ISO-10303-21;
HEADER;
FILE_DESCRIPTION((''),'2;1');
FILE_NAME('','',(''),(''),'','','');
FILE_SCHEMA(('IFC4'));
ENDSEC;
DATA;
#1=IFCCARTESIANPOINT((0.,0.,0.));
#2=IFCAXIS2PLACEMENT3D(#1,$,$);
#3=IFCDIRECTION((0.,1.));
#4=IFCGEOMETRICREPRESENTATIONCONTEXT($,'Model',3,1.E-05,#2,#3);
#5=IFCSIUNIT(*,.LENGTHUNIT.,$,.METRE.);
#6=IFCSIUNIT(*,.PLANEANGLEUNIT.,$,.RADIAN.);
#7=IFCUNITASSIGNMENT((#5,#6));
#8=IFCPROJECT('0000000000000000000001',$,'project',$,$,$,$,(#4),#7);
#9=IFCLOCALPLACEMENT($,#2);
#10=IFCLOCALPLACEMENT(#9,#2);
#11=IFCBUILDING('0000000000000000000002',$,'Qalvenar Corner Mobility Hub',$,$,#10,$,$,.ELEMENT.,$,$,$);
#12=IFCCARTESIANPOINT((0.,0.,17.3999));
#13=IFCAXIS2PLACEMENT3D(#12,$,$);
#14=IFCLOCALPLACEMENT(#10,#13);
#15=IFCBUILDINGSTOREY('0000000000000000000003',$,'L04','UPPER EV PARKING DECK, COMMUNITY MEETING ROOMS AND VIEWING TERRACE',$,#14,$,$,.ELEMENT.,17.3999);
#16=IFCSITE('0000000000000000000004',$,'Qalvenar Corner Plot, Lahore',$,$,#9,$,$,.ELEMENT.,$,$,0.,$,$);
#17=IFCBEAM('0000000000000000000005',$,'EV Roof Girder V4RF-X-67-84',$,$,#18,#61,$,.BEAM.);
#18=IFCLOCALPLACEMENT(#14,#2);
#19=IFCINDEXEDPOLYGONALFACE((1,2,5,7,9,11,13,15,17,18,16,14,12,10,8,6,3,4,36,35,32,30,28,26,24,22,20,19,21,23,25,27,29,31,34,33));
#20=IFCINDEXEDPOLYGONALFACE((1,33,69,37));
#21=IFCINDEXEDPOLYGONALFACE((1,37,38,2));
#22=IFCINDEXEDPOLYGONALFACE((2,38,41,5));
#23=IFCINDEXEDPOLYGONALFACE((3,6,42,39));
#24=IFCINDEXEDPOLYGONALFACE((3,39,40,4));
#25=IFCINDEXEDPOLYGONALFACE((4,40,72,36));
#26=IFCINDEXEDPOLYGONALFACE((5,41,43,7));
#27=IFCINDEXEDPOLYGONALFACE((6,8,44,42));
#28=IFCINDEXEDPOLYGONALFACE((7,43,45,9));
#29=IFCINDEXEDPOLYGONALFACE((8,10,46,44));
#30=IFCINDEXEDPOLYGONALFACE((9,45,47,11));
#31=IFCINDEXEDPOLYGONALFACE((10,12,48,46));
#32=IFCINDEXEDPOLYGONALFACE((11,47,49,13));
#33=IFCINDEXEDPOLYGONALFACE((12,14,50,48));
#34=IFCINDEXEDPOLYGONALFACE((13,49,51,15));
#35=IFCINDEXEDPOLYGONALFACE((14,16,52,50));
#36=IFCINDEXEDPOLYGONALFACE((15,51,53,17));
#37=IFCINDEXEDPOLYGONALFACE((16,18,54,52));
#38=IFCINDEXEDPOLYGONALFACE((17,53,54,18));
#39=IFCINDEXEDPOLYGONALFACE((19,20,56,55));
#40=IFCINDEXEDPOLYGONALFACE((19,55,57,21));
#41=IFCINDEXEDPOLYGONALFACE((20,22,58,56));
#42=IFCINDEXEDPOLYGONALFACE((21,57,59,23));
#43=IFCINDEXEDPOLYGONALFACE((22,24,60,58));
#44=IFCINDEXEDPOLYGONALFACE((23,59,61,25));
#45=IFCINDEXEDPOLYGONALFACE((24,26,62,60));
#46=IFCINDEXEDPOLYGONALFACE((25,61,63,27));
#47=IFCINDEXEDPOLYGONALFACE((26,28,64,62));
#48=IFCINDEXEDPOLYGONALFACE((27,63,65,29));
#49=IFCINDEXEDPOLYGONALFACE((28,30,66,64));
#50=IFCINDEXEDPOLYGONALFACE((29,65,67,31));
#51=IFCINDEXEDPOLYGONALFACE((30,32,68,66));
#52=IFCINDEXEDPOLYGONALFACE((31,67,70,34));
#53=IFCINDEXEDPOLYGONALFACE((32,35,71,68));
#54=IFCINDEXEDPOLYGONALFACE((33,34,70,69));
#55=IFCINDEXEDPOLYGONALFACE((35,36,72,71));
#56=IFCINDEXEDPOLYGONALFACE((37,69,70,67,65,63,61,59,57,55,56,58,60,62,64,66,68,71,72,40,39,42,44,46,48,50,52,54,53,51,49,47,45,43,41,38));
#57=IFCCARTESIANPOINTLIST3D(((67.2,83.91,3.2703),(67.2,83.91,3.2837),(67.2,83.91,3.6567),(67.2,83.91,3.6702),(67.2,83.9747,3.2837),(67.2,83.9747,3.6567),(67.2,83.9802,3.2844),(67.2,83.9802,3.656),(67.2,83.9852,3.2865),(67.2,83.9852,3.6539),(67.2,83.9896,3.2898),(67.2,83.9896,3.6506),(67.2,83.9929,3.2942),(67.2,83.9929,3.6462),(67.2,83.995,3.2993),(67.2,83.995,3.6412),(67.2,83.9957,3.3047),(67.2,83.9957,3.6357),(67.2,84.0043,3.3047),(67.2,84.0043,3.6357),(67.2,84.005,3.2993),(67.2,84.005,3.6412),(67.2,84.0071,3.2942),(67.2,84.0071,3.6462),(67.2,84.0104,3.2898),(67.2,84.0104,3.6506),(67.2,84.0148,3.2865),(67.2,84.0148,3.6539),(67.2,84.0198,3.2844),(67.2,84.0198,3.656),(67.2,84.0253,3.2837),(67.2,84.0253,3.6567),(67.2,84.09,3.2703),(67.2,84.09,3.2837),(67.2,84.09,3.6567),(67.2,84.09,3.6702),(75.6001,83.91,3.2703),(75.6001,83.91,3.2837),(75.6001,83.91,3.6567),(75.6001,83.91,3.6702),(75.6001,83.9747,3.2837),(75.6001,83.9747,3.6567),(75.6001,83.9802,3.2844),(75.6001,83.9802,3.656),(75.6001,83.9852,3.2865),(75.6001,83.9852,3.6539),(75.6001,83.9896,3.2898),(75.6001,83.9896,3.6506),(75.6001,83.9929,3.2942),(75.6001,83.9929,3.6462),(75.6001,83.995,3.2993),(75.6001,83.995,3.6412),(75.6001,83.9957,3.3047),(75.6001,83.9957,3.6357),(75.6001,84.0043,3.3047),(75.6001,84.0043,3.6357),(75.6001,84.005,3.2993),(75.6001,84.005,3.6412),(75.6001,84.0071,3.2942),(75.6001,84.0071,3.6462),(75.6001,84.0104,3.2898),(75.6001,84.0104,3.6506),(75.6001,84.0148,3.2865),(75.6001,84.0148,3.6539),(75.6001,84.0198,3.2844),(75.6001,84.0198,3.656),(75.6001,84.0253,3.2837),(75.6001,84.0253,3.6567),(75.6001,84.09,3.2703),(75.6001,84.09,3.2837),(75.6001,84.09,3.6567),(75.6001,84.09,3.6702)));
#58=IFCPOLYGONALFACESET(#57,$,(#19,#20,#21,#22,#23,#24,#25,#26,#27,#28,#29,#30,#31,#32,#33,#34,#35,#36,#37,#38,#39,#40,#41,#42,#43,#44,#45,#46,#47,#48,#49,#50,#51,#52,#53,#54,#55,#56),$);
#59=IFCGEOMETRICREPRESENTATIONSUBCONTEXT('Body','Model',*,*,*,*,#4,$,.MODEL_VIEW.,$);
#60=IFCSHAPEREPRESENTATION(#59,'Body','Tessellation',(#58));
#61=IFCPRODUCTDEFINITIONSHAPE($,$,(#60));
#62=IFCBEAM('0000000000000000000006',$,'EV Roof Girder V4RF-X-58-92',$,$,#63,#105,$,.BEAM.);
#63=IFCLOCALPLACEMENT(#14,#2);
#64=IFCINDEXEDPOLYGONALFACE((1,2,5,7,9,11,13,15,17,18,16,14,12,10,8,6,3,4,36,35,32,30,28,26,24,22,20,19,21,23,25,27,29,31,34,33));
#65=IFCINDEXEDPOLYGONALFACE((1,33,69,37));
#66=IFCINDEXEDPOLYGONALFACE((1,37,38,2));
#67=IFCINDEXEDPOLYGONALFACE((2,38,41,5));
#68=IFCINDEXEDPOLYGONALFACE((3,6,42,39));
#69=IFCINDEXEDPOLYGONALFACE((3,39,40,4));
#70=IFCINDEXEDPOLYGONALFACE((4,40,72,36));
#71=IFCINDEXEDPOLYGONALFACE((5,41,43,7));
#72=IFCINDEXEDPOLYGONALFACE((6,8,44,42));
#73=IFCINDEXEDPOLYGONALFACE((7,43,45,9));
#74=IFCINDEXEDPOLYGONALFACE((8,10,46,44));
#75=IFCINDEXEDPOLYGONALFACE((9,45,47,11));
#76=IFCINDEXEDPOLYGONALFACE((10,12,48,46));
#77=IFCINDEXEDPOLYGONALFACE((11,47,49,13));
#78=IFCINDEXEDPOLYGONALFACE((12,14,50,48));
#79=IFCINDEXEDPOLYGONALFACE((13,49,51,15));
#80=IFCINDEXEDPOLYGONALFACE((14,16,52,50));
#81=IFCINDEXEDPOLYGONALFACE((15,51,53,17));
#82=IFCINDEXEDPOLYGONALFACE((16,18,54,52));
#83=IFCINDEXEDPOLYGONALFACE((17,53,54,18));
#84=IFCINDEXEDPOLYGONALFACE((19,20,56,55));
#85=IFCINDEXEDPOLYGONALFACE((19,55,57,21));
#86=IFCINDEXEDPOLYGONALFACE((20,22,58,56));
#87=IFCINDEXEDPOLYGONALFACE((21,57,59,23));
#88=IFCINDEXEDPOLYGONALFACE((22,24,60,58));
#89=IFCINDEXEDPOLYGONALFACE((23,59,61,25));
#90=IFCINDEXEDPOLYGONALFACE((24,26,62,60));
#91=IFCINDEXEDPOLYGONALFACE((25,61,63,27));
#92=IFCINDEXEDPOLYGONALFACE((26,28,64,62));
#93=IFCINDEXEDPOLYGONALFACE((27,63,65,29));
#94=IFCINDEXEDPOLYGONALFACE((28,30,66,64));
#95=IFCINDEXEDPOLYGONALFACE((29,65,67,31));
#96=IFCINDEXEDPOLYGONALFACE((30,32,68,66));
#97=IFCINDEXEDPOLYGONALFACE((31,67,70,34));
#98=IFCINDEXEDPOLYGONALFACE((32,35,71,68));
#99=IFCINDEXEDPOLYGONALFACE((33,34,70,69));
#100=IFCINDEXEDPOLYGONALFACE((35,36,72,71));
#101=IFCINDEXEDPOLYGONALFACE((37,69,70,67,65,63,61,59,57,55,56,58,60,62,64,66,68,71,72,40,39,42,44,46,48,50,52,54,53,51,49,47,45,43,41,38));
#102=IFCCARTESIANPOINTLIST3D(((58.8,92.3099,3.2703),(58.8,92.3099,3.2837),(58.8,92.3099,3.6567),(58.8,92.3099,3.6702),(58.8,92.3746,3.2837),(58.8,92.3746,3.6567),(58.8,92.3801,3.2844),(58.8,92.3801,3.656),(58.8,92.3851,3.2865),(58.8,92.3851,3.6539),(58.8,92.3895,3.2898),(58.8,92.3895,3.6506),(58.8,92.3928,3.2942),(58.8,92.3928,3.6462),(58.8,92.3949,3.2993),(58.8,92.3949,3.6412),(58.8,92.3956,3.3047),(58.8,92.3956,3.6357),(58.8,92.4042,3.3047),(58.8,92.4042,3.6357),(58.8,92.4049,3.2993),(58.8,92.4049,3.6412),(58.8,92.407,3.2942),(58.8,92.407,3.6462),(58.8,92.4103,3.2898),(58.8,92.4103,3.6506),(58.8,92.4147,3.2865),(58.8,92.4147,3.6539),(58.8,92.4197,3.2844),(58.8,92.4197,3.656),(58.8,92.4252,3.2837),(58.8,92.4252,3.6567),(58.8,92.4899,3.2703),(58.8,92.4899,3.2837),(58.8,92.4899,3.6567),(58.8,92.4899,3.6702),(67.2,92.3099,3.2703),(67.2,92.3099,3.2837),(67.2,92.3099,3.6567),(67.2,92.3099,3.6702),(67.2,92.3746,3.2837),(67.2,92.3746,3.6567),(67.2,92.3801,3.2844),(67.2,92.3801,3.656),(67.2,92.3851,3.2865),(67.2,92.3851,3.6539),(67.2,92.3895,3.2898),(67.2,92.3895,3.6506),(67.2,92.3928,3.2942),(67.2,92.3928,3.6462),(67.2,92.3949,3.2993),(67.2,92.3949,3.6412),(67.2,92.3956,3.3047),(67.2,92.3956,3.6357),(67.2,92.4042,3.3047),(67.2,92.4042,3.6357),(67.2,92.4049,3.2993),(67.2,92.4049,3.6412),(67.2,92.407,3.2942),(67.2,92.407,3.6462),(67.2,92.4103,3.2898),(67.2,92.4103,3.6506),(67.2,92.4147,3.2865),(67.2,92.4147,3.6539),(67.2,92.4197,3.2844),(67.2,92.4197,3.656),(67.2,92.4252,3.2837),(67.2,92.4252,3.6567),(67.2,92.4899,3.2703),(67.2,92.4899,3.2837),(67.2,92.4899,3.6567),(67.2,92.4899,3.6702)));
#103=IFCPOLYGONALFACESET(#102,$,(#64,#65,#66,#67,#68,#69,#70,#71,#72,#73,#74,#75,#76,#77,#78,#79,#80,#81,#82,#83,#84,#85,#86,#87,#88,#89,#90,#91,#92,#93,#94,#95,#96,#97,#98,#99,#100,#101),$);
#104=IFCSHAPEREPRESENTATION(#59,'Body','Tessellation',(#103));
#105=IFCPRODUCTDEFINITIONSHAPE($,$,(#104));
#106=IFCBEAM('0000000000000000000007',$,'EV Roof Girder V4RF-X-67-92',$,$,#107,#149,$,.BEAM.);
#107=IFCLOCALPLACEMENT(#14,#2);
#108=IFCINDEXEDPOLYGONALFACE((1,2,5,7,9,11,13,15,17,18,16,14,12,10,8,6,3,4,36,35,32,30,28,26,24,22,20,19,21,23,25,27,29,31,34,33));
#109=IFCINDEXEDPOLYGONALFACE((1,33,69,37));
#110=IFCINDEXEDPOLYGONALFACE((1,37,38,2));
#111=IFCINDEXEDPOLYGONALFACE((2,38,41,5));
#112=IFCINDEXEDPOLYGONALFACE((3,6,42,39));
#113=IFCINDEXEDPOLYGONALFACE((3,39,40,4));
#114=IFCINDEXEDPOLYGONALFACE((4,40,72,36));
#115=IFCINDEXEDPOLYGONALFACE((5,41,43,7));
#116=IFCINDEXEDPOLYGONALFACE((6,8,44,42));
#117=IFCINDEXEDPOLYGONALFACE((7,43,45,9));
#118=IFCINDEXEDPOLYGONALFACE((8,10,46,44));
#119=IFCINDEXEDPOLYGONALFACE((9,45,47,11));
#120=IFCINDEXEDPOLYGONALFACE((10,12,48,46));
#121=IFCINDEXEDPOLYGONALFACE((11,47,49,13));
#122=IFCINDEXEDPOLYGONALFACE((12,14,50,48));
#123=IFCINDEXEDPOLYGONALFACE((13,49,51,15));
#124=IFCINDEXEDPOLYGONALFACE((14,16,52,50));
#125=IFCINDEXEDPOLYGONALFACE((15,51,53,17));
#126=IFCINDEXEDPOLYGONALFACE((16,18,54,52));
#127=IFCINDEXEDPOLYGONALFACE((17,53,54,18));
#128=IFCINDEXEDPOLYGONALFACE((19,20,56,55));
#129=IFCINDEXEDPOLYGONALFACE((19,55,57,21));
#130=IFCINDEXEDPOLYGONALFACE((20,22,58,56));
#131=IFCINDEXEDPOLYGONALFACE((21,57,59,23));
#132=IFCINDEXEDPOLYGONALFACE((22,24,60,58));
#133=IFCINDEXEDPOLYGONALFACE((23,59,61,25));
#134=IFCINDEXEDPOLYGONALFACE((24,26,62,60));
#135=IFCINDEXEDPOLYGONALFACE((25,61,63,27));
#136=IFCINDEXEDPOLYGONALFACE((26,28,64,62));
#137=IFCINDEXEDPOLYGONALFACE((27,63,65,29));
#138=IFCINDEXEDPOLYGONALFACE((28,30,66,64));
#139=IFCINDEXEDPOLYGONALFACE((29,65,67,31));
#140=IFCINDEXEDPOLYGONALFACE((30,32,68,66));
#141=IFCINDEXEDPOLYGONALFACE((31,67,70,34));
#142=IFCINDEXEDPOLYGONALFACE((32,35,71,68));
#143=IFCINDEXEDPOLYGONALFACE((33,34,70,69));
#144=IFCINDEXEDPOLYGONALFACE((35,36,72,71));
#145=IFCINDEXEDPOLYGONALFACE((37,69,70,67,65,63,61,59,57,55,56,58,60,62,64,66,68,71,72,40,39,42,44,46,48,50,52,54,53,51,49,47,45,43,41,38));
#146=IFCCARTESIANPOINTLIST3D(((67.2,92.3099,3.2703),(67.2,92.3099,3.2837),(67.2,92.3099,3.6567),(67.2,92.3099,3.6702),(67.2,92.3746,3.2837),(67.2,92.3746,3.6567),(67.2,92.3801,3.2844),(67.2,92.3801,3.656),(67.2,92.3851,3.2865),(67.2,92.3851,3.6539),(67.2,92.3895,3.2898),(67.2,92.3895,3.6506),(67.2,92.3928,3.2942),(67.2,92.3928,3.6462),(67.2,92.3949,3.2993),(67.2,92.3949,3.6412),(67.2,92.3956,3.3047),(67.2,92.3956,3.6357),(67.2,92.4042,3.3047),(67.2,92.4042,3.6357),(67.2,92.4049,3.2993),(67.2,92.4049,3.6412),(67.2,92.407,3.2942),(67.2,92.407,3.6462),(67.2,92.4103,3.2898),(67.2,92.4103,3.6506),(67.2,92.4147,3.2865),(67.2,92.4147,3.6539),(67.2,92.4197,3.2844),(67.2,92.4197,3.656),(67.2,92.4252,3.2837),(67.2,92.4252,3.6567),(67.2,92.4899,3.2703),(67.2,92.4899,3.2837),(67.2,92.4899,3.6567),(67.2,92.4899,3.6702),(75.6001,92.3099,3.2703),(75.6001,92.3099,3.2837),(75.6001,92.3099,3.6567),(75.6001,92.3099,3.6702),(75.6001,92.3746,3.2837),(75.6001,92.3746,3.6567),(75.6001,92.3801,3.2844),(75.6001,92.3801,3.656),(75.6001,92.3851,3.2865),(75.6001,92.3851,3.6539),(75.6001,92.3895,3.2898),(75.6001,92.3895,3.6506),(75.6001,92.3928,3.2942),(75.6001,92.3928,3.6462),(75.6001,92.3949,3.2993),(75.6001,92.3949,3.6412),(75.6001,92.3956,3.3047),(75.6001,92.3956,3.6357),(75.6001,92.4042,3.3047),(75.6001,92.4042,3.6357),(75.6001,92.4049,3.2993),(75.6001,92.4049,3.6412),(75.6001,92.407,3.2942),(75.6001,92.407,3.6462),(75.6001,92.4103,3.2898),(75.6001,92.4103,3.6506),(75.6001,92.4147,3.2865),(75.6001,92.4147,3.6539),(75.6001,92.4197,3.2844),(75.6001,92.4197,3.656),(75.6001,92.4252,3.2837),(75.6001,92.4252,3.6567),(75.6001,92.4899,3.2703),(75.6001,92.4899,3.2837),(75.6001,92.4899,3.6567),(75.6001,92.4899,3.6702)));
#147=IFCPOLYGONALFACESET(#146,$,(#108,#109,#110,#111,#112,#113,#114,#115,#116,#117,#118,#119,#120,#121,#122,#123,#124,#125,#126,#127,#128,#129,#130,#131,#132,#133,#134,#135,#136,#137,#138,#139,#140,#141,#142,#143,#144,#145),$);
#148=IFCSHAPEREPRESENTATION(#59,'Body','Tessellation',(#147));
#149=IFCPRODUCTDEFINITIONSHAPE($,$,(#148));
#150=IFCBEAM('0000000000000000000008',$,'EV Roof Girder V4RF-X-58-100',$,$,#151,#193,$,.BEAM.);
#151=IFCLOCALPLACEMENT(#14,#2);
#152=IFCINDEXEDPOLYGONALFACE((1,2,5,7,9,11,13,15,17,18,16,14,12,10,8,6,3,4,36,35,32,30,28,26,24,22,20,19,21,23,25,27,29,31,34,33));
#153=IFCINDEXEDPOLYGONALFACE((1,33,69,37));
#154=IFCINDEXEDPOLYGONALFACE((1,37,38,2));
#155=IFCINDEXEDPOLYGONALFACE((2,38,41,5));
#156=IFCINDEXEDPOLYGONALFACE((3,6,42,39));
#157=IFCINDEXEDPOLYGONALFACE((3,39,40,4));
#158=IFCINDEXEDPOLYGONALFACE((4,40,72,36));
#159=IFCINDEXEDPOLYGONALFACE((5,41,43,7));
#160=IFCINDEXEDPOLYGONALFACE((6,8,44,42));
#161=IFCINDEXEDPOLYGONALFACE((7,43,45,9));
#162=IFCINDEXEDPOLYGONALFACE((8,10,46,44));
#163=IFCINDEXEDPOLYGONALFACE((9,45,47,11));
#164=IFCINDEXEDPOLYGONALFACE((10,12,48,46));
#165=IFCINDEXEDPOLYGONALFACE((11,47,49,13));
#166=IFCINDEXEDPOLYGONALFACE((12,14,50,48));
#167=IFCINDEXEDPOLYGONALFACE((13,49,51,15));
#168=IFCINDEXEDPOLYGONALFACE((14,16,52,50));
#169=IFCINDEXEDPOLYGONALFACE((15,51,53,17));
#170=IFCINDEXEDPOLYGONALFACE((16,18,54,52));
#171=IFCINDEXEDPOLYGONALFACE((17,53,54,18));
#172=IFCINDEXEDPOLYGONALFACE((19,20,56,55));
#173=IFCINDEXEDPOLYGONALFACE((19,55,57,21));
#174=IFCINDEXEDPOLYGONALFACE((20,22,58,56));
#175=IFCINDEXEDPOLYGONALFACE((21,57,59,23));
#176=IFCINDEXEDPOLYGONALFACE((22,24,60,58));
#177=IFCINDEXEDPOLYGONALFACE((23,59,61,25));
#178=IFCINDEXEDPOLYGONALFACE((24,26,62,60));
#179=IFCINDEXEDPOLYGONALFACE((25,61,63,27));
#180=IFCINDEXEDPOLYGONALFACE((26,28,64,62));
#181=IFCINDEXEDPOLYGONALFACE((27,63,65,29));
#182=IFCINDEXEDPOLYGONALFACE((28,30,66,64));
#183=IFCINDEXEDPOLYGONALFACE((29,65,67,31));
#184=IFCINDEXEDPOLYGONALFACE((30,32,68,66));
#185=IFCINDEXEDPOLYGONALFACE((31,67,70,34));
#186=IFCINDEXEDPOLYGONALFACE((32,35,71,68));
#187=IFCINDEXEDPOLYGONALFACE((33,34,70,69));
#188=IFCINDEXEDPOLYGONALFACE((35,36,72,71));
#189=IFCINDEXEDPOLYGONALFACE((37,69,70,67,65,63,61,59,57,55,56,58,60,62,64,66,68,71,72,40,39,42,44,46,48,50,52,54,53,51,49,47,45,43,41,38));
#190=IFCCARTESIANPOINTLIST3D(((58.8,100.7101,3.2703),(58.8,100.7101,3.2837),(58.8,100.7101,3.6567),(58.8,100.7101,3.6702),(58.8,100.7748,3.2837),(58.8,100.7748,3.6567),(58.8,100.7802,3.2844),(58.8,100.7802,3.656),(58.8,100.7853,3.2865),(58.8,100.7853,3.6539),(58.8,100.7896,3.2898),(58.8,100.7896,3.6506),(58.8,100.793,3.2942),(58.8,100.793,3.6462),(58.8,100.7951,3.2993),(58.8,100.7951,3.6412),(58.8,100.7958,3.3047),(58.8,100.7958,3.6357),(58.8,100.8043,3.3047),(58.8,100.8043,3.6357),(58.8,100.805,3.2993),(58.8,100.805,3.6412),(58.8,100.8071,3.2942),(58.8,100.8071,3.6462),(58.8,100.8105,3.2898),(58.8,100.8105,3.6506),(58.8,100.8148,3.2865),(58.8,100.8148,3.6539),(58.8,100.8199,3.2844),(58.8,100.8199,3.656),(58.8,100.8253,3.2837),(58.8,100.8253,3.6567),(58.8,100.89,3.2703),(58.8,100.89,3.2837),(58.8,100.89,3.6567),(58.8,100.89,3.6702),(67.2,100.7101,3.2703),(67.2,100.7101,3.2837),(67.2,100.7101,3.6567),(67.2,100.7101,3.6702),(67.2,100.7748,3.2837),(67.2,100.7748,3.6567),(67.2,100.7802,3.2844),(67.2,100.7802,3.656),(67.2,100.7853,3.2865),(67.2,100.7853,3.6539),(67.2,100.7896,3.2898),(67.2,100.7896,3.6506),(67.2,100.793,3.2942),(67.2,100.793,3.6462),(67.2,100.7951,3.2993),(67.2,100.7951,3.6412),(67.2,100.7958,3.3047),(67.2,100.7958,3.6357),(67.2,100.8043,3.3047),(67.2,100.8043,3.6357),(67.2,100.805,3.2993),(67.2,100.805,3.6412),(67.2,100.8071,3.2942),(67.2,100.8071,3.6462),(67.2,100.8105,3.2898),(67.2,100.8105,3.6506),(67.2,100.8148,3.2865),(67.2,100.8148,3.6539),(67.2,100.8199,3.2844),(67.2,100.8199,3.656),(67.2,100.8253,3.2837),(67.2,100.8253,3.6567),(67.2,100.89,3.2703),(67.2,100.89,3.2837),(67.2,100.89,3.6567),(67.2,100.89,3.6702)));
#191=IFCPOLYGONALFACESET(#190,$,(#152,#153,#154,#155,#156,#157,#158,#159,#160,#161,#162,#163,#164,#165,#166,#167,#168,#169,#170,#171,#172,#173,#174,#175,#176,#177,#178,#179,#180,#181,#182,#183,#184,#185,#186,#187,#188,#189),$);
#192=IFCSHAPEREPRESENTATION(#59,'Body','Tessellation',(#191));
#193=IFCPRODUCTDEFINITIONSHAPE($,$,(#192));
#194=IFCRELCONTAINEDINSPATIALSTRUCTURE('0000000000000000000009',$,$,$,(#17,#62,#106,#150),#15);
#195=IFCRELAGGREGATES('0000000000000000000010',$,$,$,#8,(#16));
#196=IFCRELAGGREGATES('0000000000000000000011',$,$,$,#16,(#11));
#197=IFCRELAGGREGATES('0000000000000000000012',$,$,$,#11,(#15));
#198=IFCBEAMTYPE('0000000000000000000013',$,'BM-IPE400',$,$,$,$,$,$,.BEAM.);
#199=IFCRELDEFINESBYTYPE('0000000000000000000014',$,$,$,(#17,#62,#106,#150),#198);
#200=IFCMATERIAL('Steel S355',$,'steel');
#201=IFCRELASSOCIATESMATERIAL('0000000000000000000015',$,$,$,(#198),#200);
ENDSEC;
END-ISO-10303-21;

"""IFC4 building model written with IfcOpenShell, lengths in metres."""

from ifc_helpers import new_model, si_unit, direction, frame, origin, origin_2d, place, context, subcontext, project, spatial, i_section, extrude, material, material_profile, profile_set, type_object, element, save


model = new_model("IFC4")

# Units and contexts
model_context = context("Model", 3, precision=1e-05, world=origin(), true_north=direction((0.0, 1.0)))
body_context = subcontext(model_context, "Body", "Model", "MODEL_VIEW")
ifc_project = project(units=[si_unit("LENGTHUNIT", "METRE"), si_unit("PLANEANGLEUNIT", "RADIAN")], contexts=[model_context])

# Site, building, storey
site_placement = place(None, origin())
site = spatial("IfcSite", under=ifc_project, at=site_placement, Name="Qalvenar Corner Plot, Lahore", CompositionType="ELEMENT", RefElevation=0.0)
building_placement = place(site_placement, origin())
building = spatial("IfcBuilding", under=site, at=building_placement, Name="Qalvenar Corner Mobility Hub", CompositionType="ELEMENT")
storey_placement = place(building_placement, frame((0.0, 0.0, 17.3999)))
storey = spatial("IfcBuildingStorey", under=building, at=storey_placement, Name="L04", Description="UPPER EV PARKING DECK, COMMUNITY MEETING ROOMS AND VIEWING TERRACE", CompositionType="ELEMENT", Elevation=17.3999)

# Shared definitions
ifc_material_1 = material(Name="Steel S355", Category="steel")

# Beams
ifc_material_profile_1 = material_profile(ifc_material_1, i_section(OverallWidth=0.1799, OverallDepth=0.3999, WebThickness=0.0085, FlangeThickness=0.0134, FilletRadius=0.021, at=origin_2d()), Name="IPE400")
ifc_profile_set_1 = profile_set([ifc_material_profile_1], Name="Steel S355")
beam_type_1 = type_object("IfcBeamType", Name="BM-IPE400", PredefinedType="BEAM", material=ifc_profile_set_1)
for number, where, z_axis, x_axis, name in (
    (1, (67.2, 84.0, 3.4702), (1.0, 0.0, 0.0), (0.0, 1.0, 0.0), "EV Roof Girder V4RF-X-67-84"),
):
    element("IfcBeam", number, at=place(storey_placement, frame(where, z_axis=z_axis, x_axis=x_axis)), inside=storey, type_object=beam_type_1, Name=name, PredefinedType="BEAM", context=body_context, shape_type="SweptSolid", body=[
        extrude(i_section(OverallWidth=0.1799, OverallDepth=0.3999, WebThickness=0.0085, FlangeThickness=0.0134, FilletRadius=0.021, at=origin_2d()), origin(), (0.0, 0.0, 1.0), 8.4001),
    ])
beam_1_placement = place(storey_placement, frame((58.8, 92.3999, 3.4702), z_axis=(1.0, 0.0, 0.0), x_axis=(0.0, 1.0, 0.0)))
element("IfcBeam", 2, at=beam_1_placement, inside=storey, type_object=beam_type_1, Name="EV Roof Girder V4RF-X-58-92", PredefinedType="BEAM", context=body_context, shape_type="SweptSolid", body=[
    extrude(i_section(OverallWidth=0.1799, OverallDepth=0.3999, WebThickness=0.0085, FlangeThickness=0.0134, FilletRadius=0.021, at=origin_2d()), origin(), (0.0, 0.0, 1.0), 8.3999),
])
beam_2_placement = place(storey_placement, frame((67.2, 92.3999, 3.4702), z_axis=(1.0, 0.0, 0.0), x_axis=(0.0, 1.0, 0.0)))
element("IfcBeam", 3, at=beam_2_placement, inside=storey, type_object=beam_type_1, Name="EV Roof Girder V4RF-X-67-92", PredefinedType="BEAM", context=body_context, shape_type="SweptSolid", body=[
    extrude(i_section(OverallWidth=0.1799, OverallDepth=0.3999, WebThickness=0.0085, FlangeThickness=0.0134, FilletRadius=0.021, at=origin_2d()), origin(), (0.0, 0.0, 1.0), 8.4001),
])
beam_3_placement = place(storey_placement, frame((58.8, 100.8, 3.4702), z_axis=(1.0, 0.0, 0.0), x_axis=(0.0, 1.0, 0.0)))
element("IfcBeam", 4, at=beam_3_placement, inside=storey, type_object=beam_type_1, Name="EV Roof Girder V4RF-X-58-100", PredefinedType="BEAM", context=body_context, shape_type="SweptSolid", body=[
    extrude(i_section(OverallWidth=0.1799, OverallDepth=0.3999, WebThickness=0.0085, FlangeThickness=0.0134, FilletRadius=0.021, at=origin_2d()), origin(), (0.0, 0.0, 1.0), 8.3999),
])

save(model, "model.ifc")
